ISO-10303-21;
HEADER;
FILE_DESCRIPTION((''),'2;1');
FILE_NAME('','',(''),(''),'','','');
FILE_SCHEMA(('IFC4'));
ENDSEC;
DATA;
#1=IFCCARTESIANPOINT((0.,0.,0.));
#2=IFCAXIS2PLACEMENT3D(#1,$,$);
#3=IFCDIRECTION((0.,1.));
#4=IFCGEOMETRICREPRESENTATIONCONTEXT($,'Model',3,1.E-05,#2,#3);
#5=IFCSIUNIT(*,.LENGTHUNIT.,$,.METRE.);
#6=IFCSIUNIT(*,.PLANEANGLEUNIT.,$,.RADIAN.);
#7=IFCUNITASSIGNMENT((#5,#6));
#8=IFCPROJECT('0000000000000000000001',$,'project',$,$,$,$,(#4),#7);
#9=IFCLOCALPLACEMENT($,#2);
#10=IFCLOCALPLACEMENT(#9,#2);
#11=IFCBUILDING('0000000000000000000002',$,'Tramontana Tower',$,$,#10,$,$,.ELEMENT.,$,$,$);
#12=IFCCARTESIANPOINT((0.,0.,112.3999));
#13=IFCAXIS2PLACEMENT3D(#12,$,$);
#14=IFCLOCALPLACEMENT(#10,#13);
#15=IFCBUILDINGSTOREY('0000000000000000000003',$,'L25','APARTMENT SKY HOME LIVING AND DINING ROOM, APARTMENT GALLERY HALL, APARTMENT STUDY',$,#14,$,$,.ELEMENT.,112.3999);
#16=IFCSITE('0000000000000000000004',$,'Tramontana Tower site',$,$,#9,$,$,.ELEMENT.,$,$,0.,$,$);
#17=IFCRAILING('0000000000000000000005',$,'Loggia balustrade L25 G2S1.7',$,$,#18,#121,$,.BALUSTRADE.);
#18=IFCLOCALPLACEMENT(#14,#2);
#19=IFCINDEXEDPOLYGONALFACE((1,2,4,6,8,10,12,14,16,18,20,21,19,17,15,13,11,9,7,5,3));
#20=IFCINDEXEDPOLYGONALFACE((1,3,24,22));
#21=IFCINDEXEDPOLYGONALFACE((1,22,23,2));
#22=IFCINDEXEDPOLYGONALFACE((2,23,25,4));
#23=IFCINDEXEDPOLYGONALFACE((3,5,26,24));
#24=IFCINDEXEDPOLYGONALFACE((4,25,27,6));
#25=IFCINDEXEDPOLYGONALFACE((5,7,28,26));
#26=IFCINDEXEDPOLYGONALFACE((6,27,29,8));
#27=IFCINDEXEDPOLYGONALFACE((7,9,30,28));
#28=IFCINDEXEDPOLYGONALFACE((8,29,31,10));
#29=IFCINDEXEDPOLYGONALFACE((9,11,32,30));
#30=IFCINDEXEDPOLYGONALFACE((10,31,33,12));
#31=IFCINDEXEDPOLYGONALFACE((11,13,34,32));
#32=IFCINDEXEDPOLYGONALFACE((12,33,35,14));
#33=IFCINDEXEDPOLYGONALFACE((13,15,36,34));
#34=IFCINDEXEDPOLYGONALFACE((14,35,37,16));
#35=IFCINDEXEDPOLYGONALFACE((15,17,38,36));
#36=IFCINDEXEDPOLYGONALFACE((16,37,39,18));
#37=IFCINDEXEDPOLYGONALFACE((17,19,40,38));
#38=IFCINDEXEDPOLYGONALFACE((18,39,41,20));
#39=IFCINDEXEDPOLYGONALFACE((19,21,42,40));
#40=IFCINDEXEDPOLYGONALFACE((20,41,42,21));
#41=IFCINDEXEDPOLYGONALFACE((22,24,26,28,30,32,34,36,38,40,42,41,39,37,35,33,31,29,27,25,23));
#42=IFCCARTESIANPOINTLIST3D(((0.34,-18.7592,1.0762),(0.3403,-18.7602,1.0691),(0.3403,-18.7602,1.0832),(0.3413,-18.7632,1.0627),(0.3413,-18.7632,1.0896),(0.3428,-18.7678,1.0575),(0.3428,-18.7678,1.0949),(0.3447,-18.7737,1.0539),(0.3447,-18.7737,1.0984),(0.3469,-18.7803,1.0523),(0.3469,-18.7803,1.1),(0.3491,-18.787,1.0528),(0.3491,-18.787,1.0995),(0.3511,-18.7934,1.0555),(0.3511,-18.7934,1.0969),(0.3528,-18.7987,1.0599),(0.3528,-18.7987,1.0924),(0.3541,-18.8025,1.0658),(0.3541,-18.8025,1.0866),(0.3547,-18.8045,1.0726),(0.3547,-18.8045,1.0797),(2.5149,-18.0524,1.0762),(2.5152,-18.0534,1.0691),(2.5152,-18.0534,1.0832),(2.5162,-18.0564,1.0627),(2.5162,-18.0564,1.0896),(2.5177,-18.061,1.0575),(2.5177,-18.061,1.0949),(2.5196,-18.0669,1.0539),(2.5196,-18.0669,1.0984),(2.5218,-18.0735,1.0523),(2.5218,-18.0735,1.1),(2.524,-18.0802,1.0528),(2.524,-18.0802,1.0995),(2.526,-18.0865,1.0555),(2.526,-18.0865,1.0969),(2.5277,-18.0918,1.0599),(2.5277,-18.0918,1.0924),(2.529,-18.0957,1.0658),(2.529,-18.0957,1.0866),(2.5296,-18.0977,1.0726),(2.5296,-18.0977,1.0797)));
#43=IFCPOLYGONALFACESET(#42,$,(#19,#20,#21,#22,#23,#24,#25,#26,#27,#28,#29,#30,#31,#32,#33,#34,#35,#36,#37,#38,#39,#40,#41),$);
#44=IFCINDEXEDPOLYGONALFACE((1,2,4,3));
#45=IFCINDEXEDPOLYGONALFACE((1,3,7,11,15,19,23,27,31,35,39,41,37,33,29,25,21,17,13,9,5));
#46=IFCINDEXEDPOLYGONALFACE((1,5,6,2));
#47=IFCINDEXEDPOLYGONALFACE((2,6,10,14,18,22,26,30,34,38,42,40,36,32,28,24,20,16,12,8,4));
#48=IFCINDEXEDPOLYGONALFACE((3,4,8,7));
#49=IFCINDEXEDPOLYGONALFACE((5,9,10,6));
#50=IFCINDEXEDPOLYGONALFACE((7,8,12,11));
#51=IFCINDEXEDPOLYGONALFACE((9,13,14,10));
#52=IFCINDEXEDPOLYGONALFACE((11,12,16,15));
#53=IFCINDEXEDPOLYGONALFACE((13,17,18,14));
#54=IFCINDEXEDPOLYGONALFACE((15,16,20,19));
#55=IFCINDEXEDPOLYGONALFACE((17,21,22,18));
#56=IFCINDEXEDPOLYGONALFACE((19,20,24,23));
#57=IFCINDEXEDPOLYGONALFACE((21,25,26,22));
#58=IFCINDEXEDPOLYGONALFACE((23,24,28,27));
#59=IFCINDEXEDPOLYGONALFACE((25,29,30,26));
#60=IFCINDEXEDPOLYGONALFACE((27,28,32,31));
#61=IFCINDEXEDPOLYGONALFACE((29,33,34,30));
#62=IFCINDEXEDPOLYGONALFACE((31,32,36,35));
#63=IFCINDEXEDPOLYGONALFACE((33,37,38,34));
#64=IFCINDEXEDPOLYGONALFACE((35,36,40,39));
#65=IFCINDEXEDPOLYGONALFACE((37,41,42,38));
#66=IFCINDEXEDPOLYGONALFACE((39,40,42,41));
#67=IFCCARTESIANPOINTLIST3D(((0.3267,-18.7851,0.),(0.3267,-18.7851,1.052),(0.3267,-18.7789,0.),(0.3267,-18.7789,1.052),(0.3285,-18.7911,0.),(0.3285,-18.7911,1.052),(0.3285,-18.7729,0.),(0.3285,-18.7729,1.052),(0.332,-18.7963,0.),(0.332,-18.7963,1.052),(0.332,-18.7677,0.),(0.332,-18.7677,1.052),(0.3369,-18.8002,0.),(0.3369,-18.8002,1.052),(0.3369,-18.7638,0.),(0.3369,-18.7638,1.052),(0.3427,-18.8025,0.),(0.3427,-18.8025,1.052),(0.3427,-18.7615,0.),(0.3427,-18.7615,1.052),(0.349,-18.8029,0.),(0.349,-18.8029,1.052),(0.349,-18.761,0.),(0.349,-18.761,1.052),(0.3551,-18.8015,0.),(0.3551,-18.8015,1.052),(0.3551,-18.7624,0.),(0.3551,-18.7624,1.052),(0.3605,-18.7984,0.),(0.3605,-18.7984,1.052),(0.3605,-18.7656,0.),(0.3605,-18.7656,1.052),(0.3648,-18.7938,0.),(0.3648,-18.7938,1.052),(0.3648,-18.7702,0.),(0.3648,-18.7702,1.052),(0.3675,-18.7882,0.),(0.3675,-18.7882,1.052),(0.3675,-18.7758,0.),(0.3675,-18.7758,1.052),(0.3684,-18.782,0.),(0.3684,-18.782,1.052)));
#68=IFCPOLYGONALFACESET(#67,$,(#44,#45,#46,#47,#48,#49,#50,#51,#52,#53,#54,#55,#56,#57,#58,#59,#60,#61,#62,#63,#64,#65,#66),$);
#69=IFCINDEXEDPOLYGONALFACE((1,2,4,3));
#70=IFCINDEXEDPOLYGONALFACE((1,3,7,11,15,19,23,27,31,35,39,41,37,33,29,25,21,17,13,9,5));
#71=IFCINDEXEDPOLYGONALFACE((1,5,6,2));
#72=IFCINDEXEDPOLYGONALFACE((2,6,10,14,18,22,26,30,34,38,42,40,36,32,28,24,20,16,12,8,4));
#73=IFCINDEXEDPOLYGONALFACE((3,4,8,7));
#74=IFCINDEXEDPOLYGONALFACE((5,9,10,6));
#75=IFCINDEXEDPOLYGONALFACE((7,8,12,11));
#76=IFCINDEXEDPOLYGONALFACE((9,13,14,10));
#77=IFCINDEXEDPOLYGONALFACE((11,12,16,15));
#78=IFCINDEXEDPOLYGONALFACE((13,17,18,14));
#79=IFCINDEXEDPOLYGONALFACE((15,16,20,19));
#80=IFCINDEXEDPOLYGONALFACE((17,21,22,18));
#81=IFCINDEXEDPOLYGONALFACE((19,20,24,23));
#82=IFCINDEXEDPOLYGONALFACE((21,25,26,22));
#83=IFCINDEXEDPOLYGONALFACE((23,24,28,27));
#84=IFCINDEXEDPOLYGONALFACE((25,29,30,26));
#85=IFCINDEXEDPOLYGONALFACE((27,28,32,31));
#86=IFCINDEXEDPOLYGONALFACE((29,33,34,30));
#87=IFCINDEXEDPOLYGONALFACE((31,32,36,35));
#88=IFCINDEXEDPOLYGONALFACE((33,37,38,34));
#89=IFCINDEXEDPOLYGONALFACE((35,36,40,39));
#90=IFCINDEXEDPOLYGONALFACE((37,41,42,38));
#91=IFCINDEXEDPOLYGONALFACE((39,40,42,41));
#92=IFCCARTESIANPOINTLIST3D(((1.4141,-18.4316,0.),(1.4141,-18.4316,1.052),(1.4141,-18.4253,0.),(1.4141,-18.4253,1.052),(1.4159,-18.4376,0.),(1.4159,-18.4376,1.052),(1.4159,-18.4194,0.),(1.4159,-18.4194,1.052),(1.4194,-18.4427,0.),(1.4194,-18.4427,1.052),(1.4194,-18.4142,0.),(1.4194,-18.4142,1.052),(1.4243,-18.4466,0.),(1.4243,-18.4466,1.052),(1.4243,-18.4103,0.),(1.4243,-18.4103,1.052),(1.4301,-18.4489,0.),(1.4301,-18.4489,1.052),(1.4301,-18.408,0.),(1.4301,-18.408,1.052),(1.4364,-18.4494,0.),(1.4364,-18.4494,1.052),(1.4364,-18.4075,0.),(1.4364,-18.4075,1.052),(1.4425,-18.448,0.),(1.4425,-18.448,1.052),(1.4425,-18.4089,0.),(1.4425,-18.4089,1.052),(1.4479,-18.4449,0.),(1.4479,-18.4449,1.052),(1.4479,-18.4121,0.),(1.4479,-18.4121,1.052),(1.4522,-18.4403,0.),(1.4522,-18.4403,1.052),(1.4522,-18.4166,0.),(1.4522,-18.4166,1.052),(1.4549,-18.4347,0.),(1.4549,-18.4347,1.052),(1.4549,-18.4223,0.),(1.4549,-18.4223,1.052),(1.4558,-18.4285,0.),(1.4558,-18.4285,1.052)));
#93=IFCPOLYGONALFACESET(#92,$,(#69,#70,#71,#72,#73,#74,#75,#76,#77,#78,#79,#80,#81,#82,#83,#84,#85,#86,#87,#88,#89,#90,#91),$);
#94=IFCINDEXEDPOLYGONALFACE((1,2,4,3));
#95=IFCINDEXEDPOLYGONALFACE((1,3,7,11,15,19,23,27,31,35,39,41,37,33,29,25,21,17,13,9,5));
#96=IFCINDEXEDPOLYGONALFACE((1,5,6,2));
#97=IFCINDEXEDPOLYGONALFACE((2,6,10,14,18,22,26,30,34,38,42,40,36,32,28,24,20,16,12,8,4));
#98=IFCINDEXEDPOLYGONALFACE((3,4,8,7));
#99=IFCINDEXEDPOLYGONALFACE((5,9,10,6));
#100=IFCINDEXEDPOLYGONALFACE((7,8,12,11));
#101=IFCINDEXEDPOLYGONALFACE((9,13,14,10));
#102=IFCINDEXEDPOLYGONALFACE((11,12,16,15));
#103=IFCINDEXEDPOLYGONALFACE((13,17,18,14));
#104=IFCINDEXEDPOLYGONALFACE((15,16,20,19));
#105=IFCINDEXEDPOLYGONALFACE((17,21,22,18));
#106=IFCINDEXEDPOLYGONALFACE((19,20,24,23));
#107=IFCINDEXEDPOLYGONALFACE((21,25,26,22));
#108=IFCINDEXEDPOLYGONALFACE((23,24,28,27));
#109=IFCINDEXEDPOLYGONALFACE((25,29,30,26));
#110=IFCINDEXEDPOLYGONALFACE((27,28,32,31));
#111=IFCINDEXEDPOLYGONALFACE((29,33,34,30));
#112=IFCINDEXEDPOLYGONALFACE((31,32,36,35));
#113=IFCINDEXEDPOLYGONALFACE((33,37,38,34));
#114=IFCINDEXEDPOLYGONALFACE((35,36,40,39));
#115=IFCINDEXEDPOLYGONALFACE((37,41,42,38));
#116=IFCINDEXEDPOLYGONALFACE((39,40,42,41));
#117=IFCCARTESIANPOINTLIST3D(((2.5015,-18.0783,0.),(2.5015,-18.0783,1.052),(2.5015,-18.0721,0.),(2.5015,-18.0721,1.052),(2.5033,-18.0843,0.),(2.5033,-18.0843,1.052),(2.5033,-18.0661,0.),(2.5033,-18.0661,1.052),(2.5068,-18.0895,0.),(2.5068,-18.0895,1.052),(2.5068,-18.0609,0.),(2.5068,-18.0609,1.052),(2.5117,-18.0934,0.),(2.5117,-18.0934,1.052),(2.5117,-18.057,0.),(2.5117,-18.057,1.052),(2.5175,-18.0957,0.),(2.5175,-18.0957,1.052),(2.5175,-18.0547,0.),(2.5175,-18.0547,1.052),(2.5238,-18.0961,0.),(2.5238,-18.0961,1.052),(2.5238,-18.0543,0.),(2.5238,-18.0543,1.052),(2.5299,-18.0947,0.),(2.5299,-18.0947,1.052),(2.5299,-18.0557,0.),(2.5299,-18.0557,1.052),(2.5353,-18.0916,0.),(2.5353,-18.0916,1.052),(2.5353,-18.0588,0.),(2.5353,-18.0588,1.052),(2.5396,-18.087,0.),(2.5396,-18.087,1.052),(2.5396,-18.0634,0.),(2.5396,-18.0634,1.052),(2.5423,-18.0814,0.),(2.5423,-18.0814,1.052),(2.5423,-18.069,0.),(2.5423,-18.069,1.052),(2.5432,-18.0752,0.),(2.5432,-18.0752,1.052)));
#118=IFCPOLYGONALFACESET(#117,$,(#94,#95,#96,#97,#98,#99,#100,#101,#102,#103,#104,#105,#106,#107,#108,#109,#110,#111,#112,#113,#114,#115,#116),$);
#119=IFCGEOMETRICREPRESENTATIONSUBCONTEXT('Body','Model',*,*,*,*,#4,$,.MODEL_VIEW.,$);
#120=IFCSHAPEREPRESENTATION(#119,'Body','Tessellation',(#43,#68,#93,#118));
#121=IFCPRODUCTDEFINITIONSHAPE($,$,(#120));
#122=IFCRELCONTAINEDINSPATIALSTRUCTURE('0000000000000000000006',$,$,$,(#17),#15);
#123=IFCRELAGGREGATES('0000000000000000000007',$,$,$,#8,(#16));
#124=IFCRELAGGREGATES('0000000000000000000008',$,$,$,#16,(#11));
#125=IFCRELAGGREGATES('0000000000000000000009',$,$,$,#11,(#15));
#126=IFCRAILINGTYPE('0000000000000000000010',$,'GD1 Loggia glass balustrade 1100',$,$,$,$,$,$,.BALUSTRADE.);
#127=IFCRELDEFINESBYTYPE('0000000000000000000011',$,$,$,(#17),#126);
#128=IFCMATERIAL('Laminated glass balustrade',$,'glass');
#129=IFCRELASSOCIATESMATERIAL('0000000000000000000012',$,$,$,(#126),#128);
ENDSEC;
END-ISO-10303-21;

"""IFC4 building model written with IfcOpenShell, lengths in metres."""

from ifc_helpers import new_model, si_unit, direction, frame, origin, origin_2d, place, context, subcontext, project, spatial, circle, extrude, material, type_object, element, save


model = new_model("IFC4")

# Units and contexts
model_context = context("Model", 3, precision=1e-05, world=origin(), true_north=direction((0.0, 1.0)))
body_context = subcontext(model_context, "Body", "Model", "MODEL_VIEW")
ifc_project = project(units=[si_unit("LENGTHUNIT", "METRE"), si_unit("PLANEANGLEUNIT", "RADIAN")], contexts=[model_context])

# Site, building, storey
site_placement = place(None, origin())
site = spatial("IfcSite", under=ifc_project, at=site_placement, Name="Tramontana Tower site", CompositionType="ELEMENT", RefElevation=0.0)
building_placement = place(site_placement, origin())
building = spatial("IfcBuilding", under=site, at=building_placement, Name="Tramontana Tower", CompositionType="ELEMENT")
storey_placement = place(building_placement, frame((0.0, 0.0, 112.3999)))
storey = spatial("IfcBuildingStorey", under=building, at=storey_placement, Name="L25", Description="APARTMENT SKY HOME LIVING AND DINING ROOM, APARTMENT GALLERY HALL, APARTMENT STUDY", CompositionType="ELEMENT", Elevation=112.3999)

# Railing
ifc_material_1 = material(Name="Laminated glass balustrade", Category="glass")
railing_type = type_object("IfcRailingType", Name="GD1 Loggia glass balustrade 1100", PredefinedType="BALUSTRADE", material=ifc_material_1)
railing_1_placement = place(storey_placement, frame((0.3474, -18.782, 0.0)))
element("IfcRailing", 1, at=railing_1_placement, inside=storey, type_object=railing_type, Name="Loggia balustrade L25 G2S1.7", PredefinedType="BALUSTRADE", context=body_context, shape_type="SweptSolid", body=[
    extrude(circle(Radius=0.0239, at=origin_2d()), frame((0.0, 0.0, 1.0762), z_axis=(0.951037, 0.309076, 0.0), x_axis=(-0.309076, 0.951037, 0.0)), (0.0, 0.0, 1.0), 2.2869),
    extrude(circle(Radius=0.021, at=origin_2d()), origin(), (0.0, 0.0, 1.0), 1.052),
    extrude(circle(Radius=0.021, at=origin_2d()), frame((1.0874, 0.3535, 0.0)), (0.0, 0.0, 1.0), 1.052),
    extrude(circle(Radius=0.021, at=origin_2d()), frame((2.1748, 0.7068, 0.0)), (0.0, 0.0, 1.0), 1.052),
])

save(model, "model.ifc")
